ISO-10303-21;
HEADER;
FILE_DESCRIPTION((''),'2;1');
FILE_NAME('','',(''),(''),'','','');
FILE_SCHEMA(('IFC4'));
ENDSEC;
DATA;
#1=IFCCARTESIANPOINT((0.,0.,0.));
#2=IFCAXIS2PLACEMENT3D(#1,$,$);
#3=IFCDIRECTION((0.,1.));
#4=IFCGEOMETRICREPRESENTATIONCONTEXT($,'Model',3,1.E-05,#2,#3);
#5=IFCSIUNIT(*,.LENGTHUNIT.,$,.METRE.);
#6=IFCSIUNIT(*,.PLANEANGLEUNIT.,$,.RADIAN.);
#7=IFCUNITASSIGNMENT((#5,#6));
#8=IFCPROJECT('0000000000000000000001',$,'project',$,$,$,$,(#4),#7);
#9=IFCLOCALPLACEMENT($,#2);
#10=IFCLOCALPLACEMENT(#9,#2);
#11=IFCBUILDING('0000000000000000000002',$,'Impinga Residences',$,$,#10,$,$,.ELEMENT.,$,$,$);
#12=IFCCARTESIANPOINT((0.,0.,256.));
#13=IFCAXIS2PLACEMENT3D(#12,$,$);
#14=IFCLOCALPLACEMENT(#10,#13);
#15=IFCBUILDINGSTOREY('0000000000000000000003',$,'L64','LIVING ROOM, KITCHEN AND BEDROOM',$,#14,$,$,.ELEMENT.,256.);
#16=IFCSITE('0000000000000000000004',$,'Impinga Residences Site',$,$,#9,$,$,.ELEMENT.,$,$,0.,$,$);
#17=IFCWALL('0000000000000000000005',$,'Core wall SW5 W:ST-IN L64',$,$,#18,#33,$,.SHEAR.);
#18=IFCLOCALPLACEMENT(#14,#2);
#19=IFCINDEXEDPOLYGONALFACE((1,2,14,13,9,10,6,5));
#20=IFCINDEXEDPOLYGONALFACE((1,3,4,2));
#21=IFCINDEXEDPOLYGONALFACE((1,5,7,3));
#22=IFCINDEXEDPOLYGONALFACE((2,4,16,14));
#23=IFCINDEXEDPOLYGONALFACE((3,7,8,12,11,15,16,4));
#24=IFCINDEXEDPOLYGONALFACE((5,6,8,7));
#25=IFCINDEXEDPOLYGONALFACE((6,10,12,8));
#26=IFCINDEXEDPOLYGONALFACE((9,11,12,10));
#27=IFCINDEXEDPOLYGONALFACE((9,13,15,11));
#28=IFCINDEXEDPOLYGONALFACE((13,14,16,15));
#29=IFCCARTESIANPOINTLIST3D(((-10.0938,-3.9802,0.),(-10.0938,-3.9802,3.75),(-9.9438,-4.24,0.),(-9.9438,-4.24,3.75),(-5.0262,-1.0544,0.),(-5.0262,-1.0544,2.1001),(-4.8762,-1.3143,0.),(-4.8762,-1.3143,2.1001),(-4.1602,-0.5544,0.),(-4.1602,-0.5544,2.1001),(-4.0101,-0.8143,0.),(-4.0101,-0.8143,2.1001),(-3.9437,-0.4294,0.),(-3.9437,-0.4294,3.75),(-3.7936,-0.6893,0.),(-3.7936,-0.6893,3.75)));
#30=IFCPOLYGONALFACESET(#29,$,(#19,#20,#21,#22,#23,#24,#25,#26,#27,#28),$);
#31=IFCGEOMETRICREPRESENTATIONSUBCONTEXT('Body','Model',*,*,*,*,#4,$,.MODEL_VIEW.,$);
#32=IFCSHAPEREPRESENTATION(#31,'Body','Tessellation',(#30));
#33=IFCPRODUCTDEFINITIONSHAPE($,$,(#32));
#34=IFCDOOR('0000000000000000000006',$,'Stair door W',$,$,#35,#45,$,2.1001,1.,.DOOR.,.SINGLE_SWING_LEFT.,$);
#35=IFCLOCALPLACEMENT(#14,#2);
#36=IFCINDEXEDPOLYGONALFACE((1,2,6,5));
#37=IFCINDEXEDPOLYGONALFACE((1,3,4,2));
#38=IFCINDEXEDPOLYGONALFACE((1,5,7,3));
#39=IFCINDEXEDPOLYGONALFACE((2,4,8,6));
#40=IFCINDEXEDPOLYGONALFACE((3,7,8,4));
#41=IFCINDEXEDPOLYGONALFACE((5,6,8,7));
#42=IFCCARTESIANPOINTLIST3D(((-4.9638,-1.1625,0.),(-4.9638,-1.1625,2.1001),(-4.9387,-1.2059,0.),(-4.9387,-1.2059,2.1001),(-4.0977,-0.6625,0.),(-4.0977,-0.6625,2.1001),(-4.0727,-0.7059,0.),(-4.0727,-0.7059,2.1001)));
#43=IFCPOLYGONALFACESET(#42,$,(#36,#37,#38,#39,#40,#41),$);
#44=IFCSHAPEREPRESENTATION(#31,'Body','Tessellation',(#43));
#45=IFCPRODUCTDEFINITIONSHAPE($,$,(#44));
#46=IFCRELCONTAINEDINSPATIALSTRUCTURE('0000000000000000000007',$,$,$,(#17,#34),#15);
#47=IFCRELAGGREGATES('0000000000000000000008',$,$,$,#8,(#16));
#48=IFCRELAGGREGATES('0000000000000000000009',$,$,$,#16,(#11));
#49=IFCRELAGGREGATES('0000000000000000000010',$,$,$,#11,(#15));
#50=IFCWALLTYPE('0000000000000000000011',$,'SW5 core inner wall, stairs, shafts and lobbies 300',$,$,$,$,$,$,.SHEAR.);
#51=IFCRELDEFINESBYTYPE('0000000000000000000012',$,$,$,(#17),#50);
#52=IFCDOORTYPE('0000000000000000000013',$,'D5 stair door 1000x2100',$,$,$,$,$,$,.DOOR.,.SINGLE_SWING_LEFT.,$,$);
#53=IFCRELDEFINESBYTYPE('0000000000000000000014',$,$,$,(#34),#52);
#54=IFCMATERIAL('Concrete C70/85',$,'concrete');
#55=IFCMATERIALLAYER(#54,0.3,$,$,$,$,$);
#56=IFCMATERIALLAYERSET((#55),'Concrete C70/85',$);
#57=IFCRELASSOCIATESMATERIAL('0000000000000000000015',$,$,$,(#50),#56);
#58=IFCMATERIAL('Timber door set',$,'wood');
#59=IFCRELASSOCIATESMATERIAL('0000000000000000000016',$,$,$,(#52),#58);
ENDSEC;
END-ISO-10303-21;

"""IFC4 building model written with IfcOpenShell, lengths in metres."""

from ifc_helpers import new_model, si_unit, direction, frame, frame_2d, origin, place, context, subcontext, project, spatial, rectangle, extrude, material, layer, layer_set, type_object, element, fill, save


model = new_model("IFC4")

# Units and contexts
model_context = context("Model", 3, precision=1e-05, world=origin(), true_north=direction((0.0, 1.0)))
body_context = subcontext(model_context, "Body", "Model", "MODEL_VIEW")
ifc_project = project(units=[si_unit("LENGTHUNIT", "METRE"), si_unit("PLANEANGLEUNIT", "RADIAN")], contexts=[model_context])

# Site, building, storey
site_placement = place(None, origin())
site = spatial("IfcSite", under=ifc_project, at=site_placement, Name="Impinga Residences Site", CompositionType="ELEMENT", RefElevation=0.0)
building_placement = place(site_placement, origin())
building = spatial("IfcBuilding", under=site, at=building_placement, Name="Impinga Residences", CompositionType="ELEMENT")
storey_placement = place(building_placement, frame((0.0, 0.0, 256.0)))
storey = spatial("IfcBuildingStorey", under=building, at=storey_placement, Name="L64", Description="LIVING ROOM, KITCHEN AND BEDROOM", CompositionType="ELEMENT", Elevation=256.0)

# Shared definitions
ifc_material_1 = material(Name="Concrete C70/85", Category="concrete")
ifc_layer_1 = layer(ifc_material_1, 0.3)
ifc_layer_set_1 = layer_set([ifc_layer_1], Name="Concrete C70/85")
wall_type_1 = type_object("IfcWallType", Name="SW5 core inner wall, stairs, shafts and lobbies 300", PredefinedType="SHEAR", material=ifc_layer_set_1)

# Wall, opening, door
wall_1_placement = place(storey_placement, frame((-3.8687, -0.5593, 0.0), z_axis=(0.0, 0.0, 1.0), x_axis=(-0.866026, -0.499999, 0.0)))
wall_1 = element("IfcWall", 1, at=wall_1_placement, inside=storey, type_object=wall_type_1, Name="Core wall SW5 W:ST-IN L64", PredefinedType="SHEAR", context=body_context, shape_type="SweptSolid", body=[
    extrude(rectangle(XDim=7.1016, YDim=0.3, at=frame_2d((3.5508, 0.0))), origin(), (0.0, 0.0, 1.0), 3.75),
])
opening_1_placement = place(wall_1_placement, frame((0.25, 0.0, 0.0)))
opening_1 = element("IfcOpeningElement", 2, at=opening_1_placement, cuts=wall_1, PredefinedType="OPENING", context=body_context, shape_type="SweptSolid", body=[
    extrude(rectangle(XDim=1.0, YDim=2.1001, at=frame_2d((0.5, 1.05))), frame((0.0, 0.1599, 0.0), z_axis=(0.0, -1.0, 0.0), x_axis=(1.0, 0.0, 0.0)), (0.0, 0.0, 1.0), 0.3201),
])
ifc_material_2 = material(Name="Timber door set", Category="wood")
door_type_1 = type_object("IfcDoorType", Name="D5 stair door 1000x2100", OperationType="SINGLE_SWING_LEFT", PredefinedType="DOOR", material=ifc_material_2)
door_1_placement = place(opening_1_placement, origin())
door_1 = element("IfcDoor", 3, at=door_1_placement, inside=storey, type_object=door_type_1, Name="Stair door W", OperationType="SINGLE_SWING_LEFT", OverallHeight=2.1001, OverallWidth=1.0, PredefinedType="DOOR", context=body_context, shape_type="SweptSolid", body=[
    extrude(rectangle(XDim=1.0, YDim=2.1001, at=frame_2d((0.5, 1.05))), frame((0.0, 0.0249, 0.0), z_axis=(0.0, -1.0, 0.0), x_axis=(1.0, 0.0, 0.0)), (0.0, 0.0, 1.0), 0.05),
])
fill(opening_1, door_1)

save(model, "model.ifc")
